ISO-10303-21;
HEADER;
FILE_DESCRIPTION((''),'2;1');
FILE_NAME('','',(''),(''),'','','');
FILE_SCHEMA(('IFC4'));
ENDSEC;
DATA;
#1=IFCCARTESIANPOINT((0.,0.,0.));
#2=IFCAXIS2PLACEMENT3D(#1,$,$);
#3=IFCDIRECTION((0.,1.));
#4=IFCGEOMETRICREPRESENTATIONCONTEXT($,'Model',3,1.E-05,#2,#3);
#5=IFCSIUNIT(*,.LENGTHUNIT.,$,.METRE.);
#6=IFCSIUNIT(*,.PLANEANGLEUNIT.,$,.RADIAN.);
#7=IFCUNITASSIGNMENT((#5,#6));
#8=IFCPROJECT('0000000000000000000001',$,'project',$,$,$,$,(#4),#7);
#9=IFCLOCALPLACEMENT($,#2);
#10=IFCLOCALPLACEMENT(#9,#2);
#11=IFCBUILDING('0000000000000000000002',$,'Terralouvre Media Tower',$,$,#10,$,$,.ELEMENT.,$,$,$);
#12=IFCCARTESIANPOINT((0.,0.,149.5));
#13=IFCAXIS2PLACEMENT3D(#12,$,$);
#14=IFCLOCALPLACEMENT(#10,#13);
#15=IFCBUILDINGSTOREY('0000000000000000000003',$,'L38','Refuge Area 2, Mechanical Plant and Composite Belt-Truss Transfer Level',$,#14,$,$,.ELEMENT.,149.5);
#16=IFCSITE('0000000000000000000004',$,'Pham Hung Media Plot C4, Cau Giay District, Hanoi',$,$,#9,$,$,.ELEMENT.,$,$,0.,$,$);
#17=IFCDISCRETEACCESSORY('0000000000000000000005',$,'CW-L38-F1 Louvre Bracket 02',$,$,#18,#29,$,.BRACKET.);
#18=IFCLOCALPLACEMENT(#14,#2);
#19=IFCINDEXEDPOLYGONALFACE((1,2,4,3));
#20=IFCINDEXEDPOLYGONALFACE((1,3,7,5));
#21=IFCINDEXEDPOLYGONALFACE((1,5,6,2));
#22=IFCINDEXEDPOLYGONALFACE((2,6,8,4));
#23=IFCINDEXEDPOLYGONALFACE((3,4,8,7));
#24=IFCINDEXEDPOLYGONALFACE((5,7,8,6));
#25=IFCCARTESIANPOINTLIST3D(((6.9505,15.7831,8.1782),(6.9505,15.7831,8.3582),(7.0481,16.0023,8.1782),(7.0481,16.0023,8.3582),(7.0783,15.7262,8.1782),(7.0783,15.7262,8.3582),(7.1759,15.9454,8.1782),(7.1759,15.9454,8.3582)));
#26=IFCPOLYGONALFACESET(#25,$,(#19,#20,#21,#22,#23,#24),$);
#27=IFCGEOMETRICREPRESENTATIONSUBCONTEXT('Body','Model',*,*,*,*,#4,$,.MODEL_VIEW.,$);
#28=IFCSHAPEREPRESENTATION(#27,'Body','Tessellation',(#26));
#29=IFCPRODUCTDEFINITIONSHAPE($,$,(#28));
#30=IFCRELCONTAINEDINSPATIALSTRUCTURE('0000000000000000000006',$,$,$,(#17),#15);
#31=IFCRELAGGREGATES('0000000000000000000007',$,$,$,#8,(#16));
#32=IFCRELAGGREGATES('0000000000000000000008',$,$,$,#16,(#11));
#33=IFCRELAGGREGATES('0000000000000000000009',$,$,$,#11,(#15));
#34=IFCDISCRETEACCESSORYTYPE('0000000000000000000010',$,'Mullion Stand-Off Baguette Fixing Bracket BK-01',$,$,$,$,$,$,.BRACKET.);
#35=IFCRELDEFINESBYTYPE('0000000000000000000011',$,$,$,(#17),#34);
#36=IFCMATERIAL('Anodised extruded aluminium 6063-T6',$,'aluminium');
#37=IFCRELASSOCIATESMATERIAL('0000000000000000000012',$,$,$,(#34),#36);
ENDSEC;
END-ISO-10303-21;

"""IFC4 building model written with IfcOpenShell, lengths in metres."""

from ifc_helpers import new_model, si_unit, direction, frame, origin, origin_2d, place, context, subcontext, project, spatial, rectangle, extrude, material, type_object, element, save


model = new_model("IFC4")

# Units and contexts
model_context = context("Model", 3, precision=1e-05, world=origin(), true_north=direction((0.0, 1.0)))
body_context = subcontext(model_context, "Body", "Model", "MODEL_VIEW")
ifc_project = project(units=[si_unit("LENGTHUNIT", "METRE"), si_unit("PLANEANGLEUNIT", "RADIAN")], contexts=[model_context])

# Site, building, storey
site_placement = place(None, origin())
site = spatial("IfcSite", under=ifc_project, at=site_placement, Name="Pham Hung Media Plot C4, Cau Giay District, Hanoi", CompositionType="ELEMENT", RefElevation=0.0)
building_placement = place(site_placement, origin())
building = spatial("IfcBuilding", under=site, at=building_placement, Name="Terralouvre Media Tower", CompositionType="ELEMENT")
storey_placement = place(building_placement, frame((0.0, 0.0, 149.5)))
storey = spatial("IfcBuildingStorey", under=building, at=storey_placement, Name="L38", Description="Refuge Area 2, Mechanical Plant and Composite Belt-Truss Transfer Level", CompositionType="ELEMENT", Elevation=149.5)

# Discrete accessory
ifc_material_1 = material(Name="Anodised extruded aluminium 6063-T6", Category="aluminium")
discrete_accessory_type = type_object("IfcDiscreteAccessoryType", Name="Mullion Stand-Off Baguette Fixing Bracket BK-01", PredefinedType="BRACKET", material=ifc_material_1)
discrete_accessory_placement = place(storey_placement, frame((7.0632, 15.8643, 8.1782), z_axis=(0.0, 0.0, 1.0), x_axis=(-0.913545, 0.406737, 0.0)))
element("IfcDiscreteAccessory", 1, at=discrete_accessory_placement, inside=storey, type_object=discrete_accessory_type, Name="CW-L38-F1 Louvre Bracket 02", PredefinedType="BRACKET", context=body_context, shape_type="SweptSolid", body=[
    extrude(rectangle(XDim=0.1399, YDim=0.24, at=origin_2d()), origin(), (0.0, 0.0, 1.0), 0.1799),
])

save(model, "model.ifc")
